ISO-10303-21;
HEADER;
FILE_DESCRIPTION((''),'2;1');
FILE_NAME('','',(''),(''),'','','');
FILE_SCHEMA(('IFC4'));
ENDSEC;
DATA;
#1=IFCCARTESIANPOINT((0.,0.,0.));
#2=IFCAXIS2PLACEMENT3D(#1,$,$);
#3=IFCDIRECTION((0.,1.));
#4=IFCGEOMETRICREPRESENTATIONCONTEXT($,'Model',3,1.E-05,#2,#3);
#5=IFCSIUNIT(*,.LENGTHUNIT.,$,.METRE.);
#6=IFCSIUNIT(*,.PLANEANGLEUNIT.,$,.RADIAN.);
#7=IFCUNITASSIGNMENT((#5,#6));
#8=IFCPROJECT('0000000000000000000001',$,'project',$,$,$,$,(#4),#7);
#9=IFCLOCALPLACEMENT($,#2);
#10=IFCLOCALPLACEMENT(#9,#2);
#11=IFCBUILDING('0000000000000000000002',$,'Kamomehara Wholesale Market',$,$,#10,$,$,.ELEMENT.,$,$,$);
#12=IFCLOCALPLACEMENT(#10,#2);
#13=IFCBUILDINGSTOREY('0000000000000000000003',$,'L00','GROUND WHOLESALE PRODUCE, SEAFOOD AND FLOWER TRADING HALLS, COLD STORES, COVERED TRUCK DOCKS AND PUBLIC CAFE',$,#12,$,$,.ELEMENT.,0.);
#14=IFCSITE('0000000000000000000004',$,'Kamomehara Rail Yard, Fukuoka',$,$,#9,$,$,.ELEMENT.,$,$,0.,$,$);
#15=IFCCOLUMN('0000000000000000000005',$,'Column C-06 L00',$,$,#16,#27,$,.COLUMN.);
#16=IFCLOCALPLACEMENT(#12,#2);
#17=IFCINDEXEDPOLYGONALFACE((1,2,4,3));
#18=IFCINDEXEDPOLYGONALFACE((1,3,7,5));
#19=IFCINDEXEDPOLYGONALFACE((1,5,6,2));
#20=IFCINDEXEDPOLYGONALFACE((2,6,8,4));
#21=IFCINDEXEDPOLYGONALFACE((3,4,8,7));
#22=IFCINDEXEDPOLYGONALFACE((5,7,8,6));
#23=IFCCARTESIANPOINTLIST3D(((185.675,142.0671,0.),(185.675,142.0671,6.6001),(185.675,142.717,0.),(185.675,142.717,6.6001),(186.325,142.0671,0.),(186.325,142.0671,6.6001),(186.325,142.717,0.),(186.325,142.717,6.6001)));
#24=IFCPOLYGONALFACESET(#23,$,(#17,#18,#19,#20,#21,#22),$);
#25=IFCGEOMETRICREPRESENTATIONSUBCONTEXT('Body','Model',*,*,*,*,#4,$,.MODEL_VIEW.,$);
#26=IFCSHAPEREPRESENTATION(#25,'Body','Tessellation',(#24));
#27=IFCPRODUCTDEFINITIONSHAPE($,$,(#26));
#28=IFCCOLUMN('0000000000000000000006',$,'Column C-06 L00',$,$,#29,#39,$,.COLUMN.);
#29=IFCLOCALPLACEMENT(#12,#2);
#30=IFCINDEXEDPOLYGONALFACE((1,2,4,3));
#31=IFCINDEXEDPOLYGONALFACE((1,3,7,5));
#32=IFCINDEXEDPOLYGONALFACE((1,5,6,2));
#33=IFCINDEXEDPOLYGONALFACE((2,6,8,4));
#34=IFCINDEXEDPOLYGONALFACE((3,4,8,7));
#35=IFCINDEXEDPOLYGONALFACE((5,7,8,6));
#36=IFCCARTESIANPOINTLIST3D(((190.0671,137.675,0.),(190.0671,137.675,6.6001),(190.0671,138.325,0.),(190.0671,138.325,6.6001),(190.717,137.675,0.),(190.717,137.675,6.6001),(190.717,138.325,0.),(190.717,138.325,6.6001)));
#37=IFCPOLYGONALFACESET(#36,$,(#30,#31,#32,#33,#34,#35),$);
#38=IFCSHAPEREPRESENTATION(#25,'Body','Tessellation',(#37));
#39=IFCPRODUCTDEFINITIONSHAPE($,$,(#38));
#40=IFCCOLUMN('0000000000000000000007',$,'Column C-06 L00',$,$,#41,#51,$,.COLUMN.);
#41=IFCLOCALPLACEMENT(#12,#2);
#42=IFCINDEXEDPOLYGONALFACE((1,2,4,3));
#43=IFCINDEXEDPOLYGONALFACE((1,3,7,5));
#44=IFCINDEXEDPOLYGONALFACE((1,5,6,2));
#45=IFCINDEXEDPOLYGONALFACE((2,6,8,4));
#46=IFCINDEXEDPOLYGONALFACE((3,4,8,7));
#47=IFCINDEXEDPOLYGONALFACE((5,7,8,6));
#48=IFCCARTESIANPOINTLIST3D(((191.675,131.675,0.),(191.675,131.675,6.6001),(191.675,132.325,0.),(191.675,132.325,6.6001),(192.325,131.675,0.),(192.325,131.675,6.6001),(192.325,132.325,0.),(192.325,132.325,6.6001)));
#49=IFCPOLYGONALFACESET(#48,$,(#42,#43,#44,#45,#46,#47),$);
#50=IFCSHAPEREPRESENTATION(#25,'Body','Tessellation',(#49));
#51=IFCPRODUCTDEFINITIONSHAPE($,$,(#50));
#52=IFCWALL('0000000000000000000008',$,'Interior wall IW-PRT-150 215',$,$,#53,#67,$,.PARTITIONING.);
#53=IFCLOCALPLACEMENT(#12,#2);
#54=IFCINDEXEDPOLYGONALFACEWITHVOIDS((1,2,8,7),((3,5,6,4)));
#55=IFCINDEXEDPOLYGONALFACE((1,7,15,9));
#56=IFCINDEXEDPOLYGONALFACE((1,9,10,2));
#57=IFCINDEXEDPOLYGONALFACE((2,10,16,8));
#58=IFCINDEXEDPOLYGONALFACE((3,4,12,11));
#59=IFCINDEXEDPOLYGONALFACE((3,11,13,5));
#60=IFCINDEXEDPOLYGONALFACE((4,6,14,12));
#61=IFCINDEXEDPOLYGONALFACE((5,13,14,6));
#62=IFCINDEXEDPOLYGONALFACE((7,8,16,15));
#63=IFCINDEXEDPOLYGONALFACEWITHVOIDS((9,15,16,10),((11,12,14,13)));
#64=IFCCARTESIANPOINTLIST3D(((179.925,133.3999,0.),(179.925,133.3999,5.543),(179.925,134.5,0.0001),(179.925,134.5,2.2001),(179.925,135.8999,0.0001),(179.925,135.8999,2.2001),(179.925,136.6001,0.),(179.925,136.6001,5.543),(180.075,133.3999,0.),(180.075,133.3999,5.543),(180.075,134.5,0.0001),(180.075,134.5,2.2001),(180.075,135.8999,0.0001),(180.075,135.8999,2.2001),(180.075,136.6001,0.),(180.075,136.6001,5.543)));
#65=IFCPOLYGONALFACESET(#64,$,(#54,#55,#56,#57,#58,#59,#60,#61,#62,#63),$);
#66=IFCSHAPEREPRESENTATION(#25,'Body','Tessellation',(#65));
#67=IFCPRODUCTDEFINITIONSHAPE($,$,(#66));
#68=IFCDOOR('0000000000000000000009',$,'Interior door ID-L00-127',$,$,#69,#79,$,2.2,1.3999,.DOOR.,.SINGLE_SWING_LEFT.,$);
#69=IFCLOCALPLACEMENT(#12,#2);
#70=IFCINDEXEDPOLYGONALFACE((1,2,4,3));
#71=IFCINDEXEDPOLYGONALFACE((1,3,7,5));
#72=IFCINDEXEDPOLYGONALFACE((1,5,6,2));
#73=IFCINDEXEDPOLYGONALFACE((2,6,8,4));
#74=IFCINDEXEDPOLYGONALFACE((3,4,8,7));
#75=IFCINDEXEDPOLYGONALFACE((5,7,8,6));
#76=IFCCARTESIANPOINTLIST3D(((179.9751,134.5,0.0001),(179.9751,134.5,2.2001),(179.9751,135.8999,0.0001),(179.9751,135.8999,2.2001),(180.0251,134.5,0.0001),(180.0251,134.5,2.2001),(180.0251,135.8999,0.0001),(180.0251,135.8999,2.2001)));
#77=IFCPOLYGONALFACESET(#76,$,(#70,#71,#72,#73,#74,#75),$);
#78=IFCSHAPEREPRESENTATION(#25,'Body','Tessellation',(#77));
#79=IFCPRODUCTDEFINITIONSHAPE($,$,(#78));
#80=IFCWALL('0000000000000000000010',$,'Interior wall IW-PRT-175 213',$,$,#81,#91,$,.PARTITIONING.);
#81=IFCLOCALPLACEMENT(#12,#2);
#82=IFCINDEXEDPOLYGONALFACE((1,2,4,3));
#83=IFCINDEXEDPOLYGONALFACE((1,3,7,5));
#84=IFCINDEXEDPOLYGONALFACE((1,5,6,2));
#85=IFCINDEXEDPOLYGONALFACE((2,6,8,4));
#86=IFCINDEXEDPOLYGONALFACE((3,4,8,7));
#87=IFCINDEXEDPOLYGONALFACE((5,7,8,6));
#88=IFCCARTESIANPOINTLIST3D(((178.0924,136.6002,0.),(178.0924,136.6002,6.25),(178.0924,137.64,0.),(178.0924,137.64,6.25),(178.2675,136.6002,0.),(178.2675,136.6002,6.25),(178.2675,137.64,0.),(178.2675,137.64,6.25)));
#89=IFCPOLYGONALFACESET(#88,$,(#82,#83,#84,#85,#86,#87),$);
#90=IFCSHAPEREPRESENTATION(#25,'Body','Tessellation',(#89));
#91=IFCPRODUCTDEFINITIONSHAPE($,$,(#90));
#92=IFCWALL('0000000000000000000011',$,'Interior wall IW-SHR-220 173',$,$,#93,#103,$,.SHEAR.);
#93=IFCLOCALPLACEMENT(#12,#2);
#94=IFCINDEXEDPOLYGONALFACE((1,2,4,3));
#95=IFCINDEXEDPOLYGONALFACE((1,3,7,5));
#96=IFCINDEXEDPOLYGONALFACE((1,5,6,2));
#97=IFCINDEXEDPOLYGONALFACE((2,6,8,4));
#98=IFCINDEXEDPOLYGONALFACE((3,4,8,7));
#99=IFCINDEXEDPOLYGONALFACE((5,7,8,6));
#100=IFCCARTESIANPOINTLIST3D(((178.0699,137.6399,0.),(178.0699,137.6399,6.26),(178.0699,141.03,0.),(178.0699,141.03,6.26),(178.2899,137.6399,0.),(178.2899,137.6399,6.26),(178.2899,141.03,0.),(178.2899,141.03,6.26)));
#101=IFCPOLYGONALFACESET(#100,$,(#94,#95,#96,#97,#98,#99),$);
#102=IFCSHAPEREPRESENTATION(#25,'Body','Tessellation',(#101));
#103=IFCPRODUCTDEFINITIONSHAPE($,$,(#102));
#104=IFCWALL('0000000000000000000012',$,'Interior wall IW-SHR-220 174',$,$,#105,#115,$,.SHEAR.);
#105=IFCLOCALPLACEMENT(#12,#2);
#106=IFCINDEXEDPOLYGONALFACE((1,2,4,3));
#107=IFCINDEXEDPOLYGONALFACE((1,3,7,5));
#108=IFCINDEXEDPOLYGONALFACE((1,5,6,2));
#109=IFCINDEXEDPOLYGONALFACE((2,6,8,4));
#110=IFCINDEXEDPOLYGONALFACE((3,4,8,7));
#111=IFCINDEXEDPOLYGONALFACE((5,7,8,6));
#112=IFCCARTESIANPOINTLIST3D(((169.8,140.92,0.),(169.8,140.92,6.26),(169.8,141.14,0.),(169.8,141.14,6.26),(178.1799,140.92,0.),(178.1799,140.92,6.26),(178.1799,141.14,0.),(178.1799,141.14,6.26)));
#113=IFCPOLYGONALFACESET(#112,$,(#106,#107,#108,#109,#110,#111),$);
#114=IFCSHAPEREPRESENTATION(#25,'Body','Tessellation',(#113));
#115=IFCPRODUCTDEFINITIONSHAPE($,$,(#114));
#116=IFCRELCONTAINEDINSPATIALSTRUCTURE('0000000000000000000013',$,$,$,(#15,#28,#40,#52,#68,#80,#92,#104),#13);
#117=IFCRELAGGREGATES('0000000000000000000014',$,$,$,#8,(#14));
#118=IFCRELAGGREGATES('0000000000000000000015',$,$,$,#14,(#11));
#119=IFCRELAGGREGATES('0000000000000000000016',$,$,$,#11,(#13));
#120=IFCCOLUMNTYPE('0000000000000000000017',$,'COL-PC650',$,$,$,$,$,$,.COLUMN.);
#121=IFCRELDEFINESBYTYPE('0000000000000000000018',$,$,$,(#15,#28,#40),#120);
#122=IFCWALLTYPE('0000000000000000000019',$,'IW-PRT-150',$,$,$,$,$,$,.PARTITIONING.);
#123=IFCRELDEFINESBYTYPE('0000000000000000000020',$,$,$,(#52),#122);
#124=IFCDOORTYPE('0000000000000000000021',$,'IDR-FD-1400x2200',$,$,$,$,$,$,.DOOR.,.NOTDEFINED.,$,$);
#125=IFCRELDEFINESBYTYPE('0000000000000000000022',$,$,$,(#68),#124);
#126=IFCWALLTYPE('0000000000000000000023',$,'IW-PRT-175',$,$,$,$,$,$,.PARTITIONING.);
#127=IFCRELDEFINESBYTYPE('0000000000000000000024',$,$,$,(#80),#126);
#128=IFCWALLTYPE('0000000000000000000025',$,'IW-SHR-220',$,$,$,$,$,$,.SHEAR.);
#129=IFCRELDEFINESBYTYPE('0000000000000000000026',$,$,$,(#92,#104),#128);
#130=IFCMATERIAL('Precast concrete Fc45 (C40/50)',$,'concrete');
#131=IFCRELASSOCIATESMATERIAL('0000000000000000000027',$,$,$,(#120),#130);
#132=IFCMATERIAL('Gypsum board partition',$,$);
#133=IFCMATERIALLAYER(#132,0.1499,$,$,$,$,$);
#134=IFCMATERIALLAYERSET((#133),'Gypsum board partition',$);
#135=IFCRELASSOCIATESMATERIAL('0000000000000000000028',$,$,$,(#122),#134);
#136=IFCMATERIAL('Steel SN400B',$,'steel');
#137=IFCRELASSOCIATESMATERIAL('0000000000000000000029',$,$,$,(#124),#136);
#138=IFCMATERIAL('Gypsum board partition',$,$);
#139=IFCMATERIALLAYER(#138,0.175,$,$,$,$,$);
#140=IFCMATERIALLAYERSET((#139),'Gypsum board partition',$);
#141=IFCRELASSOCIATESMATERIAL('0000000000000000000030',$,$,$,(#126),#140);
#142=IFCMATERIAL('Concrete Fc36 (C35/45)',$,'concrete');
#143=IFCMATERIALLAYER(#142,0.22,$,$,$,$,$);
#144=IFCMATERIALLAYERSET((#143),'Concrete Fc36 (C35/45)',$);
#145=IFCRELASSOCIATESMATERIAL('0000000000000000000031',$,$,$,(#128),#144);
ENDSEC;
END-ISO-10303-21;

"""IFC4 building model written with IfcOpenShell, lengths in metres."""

from ifc_helpers import new_model, si_unit, direction, frame, frame_2d, origin, origin_2d, place, context, subcontext, project, spatial, rectangle, extrude, material, layer, layer_set, material_profile, profile_set, type_object, element, fill, save


model = new_model("IFC4")

# Units and contexts
model_context = context("Model", 3, precision=1e-05, world=origin(), true_north=direction((0.0, 1.0)))
body_context = subcontext(model_context, "Body", "Model", "MODEL_VIEW")
ifc_project = project(units=[si_unit("LENGTHUNIT", "METRE"), si_unit("PLANEANGLEUNIT", "RADIAN")], contexts=[model_context])

# Site, building, storey
site_placement = place(None, origin())
site = spatial("IfcSite", under=ifc_project, at=site_placement, Name="Kamomehara Rail Yard, Fukuoka", CompositionType="ELEMENT", RefElevation=0.0)
building_placement = place(site_placement, origin())
building = spatial("IfcBuilding", under=site, at=building_placement, Name="Kamomehara Wholesale Market", CompositionType="ELEMENT")
storey_placement = place(building_placement, origin())
storey = spatial("IfcBuildingStorey", under=building, at=storey_placement, Name="L00", Description="GROUND WHOLESALE PRODUCE, SEAFOOD AND FLOWER TRADING HALLS, COLD STORES, COVERED TRUCK DOCKS AND PUBLIC CAFE", CompositionType="ELEMENT", Elevation=0.0)

# Columns
ifc_material_1 = material(Name="Precast concrete Fc45 (C40/50)", Category="concrete")
ifc_material_profile_1 = material_profile(ifc_material_1, rectangle(XDim=0.6499, YDim=0.6499, at=origin_2d()), Name="PC-COL-650x650")
ifc_profile_set_1 = profile_set([ifc_material_profile_1], Name="Precast concrete Fc45 (C40/50)")
column_type_1 = type_object("IfcColumnType", Name="COL-PC650", PredefinedType="COLUMN", material=ifc_profile_set_1)
for number, where, z_axis, x_axis, name in (
    (1, (186.0, 142.3921, 0.0), (0.0, 0.0, 1.0), (1.0, 0.0, 0.0), "Column C-06 L00"),
    (2, (190.3921, 138.0, 0.0), (0.0, 0.0, 1.0), (1.0, 0.0, 0.0), "Column C-06 L00"),
    (3, (192.0, 132.0, 0.0), (0.0, 0.0, 1.0), (1.0, 0.0, 0.0), "Column C-06 L00"),
):
    element("IfcColumn", number, at=place(storey_placement, frame(where, z_axis=z_axis, x_axis=x_axis)), inside=storey, type_object=column_type_1, Name=name, PredefinedType="COLUMN", context=body_context, shape_type="SweptSolid", body=[
        extrude(rectangle(XDim=0.6499, YDim=0.6499, at=origin_2d()), origin(), (0.0, 0.0, 1.0), 6.6001),
    ])

# Shared definitions
ifc_material_2 = material(Name="Gypsum board partition")
ifc_layer_1 = layer(ifc_material_2, 0.1499)
ifc_layer_set_1 = layer_set([ifc_layer_1], Name="Gypsum board partition")
wall_type_1 = type_object("IfcWallType", Name="IW-PRT-150", PredefinedType="PARTITIONING", material=ifc_layer_set_1)

# Wall, opening, door
wall_1_placement = place(storey_placement, frame((180.0, 133.3999, 0.0), z_axis=(0.0, 0.0, 1.0), x_axis=(0.0, 1.0, 0.0)))
wall_1 = element("IfcWall", 4, at=wall_1_placement, inside=storey, type_object=wall_type_1, Name="Interior wall IW-PRT-150 215", PredefinedType="PARTITIONING", context=body_context, shape_type="SweptSolid", body=[
    extrude(rectangle(XDim=3.2002, YDim=0.1499, at=frame_2d((1.6001, 0.0))), origin(), (0.0, 0.0, 1.0), 5.543),
])
opening_placement = place(wall_1_placement, frame((1.1001, 0.0, 0.0)))
opening = element("IfcOpeningElement", 5, at=opening_placement, cuts=wall_1, PredefinedType="OPENING", context=body_context, shape_type="SweptSolid", body=[
    extrude(rectangle(XDim=1.3999, YDim=2.2, at=frame_2d((0.7, 1.1001))), frame((0.0, 0.0898, 0.0), z_axis=(0.0, -1.0, 0.0), x_axis=(1.0, 0.0, 0.0)), (0.0, 0.0, 1.0), 0.1797),
])
ifc_material_3 = material(Name="Steel SN400B", Category="steel")
door_type = type_object("IfcDoorType", Name="IDR-FD-1400x2200", OperationType="NOTDEFINED", PredefinedType="DOOR", material=ifc_material_3)
door_placement = place(opening_placement, origin())
door = element("IfcDoor", 6, at=door_placement, inside=storey, type_object=door_type, Name="Interior door ID-L00-127", OperationType="SINGLE_SWING_LEFT", OverallHeight=2.2, OverallWidth=1.3999, PredefinedType="DOOR", context=body_context, shape_type="SweptSolid", body=[
    extrude(rectangle(XDim=1.3999, YDim=2.2, at=frame_2d((0.7, 1.1001))), frame((0.0, 0.0249, 0.0), z_axis=(0.0, -1.0, 0.0), x_axis=(1.0, 0.0, 0.0)), (0.0, 0.0, 1.0), 0.05),
])
fill(opening, door)

# Walls
ifc_material_4 = material(Name="Gypsum board partition")
ifc_layer_2 = layer(ifc_material_4, 0.175)
ifc_layer_set_2 = layer_set([ifc_layer_2], Name="Gypsum board partition")
wall_type_2 = type_object("IfcWallType", Name="IW-PRT-175", PredefinedType="PARTITIONING", material=ifc_layer_set_2)
wall_2_placement = place(storey_placement, frame((178.1799, 136.6001, 0.0), z_axis=(0.0, 0.0, 1.0), x_axis=(0.0, 1.0, 0.0)))
element("IfcWall", 7, at=wall_2_placement, inside=storey, type_object=wall_type_2, Name="Interior wall IW-PRT-175 213", PredefinedType="PARTITIONING", context=body_context, shape_type="SweptSolid", body=[
    extrude(rectangle(XDim=1.0398, YDim=0.175, at=frame_2d((0.52, 0.0))), origin(), (0.0, 0.0, 1.0), 6.25),
])
ifc_material_5 = material(Name="Concrete Fc36 (C35/45)", Category="concrete")
ifc_layer_3 = layer(ifc_material_5, 0.22)
ifc_layer_set_3 = layer_set([ifc_layer_3], Name="Concrete Fc36 (C35/45)")
wall_type_3 = type_object("IfcWallType", Name="IW-SHR-220", PredefinedType="SHEAR", material=ifc_layer_set_3)
wall_3_placement = place(storey_placement, frame((178.1799, 137.6399, 0.0), z_axis=(0.0, 0.0, 1.0), x_axis=(0.0, 1.0, 0.0)))
element("IfcWall", 8, at=wall_3_placement, inside=storey, type_object=wall_type_3, Name="Interior wall IW-SHR-220 173", PredefinedType="SHEAR", context=body_context, shape_type="SweptSolid", body=[
    extrude(rectangle(XDim=3.3901, YDim=0.22, at=frame_2d((1.6951, 0.0))), origin(), (0.0, 0.0, 1.0), 6.26),
])
wall_4_placement = place(storey_placement, frame((178.1799, 141.03, 0.0), z_axis=(0.0, 0.0, 1.0), x_axis=(-1.0, 0.0, 0.0)))
element("IfcWall", 9, at=wall_4_placement, inside=storey, type_object=wall_type_3, Name="Interior wall IW-SHR-220 174", PredefinedType="SHEAR", context=body_context, shape_type="SweptSolid", body=[
    extrude(rectangle(XDim=8.3799, YDim=0.22, at=frame_2d((4.1899, 0.0))), origin(), (0.0, 0.0, 1.0), 6.26),
])

save(model, "model.ifc")
